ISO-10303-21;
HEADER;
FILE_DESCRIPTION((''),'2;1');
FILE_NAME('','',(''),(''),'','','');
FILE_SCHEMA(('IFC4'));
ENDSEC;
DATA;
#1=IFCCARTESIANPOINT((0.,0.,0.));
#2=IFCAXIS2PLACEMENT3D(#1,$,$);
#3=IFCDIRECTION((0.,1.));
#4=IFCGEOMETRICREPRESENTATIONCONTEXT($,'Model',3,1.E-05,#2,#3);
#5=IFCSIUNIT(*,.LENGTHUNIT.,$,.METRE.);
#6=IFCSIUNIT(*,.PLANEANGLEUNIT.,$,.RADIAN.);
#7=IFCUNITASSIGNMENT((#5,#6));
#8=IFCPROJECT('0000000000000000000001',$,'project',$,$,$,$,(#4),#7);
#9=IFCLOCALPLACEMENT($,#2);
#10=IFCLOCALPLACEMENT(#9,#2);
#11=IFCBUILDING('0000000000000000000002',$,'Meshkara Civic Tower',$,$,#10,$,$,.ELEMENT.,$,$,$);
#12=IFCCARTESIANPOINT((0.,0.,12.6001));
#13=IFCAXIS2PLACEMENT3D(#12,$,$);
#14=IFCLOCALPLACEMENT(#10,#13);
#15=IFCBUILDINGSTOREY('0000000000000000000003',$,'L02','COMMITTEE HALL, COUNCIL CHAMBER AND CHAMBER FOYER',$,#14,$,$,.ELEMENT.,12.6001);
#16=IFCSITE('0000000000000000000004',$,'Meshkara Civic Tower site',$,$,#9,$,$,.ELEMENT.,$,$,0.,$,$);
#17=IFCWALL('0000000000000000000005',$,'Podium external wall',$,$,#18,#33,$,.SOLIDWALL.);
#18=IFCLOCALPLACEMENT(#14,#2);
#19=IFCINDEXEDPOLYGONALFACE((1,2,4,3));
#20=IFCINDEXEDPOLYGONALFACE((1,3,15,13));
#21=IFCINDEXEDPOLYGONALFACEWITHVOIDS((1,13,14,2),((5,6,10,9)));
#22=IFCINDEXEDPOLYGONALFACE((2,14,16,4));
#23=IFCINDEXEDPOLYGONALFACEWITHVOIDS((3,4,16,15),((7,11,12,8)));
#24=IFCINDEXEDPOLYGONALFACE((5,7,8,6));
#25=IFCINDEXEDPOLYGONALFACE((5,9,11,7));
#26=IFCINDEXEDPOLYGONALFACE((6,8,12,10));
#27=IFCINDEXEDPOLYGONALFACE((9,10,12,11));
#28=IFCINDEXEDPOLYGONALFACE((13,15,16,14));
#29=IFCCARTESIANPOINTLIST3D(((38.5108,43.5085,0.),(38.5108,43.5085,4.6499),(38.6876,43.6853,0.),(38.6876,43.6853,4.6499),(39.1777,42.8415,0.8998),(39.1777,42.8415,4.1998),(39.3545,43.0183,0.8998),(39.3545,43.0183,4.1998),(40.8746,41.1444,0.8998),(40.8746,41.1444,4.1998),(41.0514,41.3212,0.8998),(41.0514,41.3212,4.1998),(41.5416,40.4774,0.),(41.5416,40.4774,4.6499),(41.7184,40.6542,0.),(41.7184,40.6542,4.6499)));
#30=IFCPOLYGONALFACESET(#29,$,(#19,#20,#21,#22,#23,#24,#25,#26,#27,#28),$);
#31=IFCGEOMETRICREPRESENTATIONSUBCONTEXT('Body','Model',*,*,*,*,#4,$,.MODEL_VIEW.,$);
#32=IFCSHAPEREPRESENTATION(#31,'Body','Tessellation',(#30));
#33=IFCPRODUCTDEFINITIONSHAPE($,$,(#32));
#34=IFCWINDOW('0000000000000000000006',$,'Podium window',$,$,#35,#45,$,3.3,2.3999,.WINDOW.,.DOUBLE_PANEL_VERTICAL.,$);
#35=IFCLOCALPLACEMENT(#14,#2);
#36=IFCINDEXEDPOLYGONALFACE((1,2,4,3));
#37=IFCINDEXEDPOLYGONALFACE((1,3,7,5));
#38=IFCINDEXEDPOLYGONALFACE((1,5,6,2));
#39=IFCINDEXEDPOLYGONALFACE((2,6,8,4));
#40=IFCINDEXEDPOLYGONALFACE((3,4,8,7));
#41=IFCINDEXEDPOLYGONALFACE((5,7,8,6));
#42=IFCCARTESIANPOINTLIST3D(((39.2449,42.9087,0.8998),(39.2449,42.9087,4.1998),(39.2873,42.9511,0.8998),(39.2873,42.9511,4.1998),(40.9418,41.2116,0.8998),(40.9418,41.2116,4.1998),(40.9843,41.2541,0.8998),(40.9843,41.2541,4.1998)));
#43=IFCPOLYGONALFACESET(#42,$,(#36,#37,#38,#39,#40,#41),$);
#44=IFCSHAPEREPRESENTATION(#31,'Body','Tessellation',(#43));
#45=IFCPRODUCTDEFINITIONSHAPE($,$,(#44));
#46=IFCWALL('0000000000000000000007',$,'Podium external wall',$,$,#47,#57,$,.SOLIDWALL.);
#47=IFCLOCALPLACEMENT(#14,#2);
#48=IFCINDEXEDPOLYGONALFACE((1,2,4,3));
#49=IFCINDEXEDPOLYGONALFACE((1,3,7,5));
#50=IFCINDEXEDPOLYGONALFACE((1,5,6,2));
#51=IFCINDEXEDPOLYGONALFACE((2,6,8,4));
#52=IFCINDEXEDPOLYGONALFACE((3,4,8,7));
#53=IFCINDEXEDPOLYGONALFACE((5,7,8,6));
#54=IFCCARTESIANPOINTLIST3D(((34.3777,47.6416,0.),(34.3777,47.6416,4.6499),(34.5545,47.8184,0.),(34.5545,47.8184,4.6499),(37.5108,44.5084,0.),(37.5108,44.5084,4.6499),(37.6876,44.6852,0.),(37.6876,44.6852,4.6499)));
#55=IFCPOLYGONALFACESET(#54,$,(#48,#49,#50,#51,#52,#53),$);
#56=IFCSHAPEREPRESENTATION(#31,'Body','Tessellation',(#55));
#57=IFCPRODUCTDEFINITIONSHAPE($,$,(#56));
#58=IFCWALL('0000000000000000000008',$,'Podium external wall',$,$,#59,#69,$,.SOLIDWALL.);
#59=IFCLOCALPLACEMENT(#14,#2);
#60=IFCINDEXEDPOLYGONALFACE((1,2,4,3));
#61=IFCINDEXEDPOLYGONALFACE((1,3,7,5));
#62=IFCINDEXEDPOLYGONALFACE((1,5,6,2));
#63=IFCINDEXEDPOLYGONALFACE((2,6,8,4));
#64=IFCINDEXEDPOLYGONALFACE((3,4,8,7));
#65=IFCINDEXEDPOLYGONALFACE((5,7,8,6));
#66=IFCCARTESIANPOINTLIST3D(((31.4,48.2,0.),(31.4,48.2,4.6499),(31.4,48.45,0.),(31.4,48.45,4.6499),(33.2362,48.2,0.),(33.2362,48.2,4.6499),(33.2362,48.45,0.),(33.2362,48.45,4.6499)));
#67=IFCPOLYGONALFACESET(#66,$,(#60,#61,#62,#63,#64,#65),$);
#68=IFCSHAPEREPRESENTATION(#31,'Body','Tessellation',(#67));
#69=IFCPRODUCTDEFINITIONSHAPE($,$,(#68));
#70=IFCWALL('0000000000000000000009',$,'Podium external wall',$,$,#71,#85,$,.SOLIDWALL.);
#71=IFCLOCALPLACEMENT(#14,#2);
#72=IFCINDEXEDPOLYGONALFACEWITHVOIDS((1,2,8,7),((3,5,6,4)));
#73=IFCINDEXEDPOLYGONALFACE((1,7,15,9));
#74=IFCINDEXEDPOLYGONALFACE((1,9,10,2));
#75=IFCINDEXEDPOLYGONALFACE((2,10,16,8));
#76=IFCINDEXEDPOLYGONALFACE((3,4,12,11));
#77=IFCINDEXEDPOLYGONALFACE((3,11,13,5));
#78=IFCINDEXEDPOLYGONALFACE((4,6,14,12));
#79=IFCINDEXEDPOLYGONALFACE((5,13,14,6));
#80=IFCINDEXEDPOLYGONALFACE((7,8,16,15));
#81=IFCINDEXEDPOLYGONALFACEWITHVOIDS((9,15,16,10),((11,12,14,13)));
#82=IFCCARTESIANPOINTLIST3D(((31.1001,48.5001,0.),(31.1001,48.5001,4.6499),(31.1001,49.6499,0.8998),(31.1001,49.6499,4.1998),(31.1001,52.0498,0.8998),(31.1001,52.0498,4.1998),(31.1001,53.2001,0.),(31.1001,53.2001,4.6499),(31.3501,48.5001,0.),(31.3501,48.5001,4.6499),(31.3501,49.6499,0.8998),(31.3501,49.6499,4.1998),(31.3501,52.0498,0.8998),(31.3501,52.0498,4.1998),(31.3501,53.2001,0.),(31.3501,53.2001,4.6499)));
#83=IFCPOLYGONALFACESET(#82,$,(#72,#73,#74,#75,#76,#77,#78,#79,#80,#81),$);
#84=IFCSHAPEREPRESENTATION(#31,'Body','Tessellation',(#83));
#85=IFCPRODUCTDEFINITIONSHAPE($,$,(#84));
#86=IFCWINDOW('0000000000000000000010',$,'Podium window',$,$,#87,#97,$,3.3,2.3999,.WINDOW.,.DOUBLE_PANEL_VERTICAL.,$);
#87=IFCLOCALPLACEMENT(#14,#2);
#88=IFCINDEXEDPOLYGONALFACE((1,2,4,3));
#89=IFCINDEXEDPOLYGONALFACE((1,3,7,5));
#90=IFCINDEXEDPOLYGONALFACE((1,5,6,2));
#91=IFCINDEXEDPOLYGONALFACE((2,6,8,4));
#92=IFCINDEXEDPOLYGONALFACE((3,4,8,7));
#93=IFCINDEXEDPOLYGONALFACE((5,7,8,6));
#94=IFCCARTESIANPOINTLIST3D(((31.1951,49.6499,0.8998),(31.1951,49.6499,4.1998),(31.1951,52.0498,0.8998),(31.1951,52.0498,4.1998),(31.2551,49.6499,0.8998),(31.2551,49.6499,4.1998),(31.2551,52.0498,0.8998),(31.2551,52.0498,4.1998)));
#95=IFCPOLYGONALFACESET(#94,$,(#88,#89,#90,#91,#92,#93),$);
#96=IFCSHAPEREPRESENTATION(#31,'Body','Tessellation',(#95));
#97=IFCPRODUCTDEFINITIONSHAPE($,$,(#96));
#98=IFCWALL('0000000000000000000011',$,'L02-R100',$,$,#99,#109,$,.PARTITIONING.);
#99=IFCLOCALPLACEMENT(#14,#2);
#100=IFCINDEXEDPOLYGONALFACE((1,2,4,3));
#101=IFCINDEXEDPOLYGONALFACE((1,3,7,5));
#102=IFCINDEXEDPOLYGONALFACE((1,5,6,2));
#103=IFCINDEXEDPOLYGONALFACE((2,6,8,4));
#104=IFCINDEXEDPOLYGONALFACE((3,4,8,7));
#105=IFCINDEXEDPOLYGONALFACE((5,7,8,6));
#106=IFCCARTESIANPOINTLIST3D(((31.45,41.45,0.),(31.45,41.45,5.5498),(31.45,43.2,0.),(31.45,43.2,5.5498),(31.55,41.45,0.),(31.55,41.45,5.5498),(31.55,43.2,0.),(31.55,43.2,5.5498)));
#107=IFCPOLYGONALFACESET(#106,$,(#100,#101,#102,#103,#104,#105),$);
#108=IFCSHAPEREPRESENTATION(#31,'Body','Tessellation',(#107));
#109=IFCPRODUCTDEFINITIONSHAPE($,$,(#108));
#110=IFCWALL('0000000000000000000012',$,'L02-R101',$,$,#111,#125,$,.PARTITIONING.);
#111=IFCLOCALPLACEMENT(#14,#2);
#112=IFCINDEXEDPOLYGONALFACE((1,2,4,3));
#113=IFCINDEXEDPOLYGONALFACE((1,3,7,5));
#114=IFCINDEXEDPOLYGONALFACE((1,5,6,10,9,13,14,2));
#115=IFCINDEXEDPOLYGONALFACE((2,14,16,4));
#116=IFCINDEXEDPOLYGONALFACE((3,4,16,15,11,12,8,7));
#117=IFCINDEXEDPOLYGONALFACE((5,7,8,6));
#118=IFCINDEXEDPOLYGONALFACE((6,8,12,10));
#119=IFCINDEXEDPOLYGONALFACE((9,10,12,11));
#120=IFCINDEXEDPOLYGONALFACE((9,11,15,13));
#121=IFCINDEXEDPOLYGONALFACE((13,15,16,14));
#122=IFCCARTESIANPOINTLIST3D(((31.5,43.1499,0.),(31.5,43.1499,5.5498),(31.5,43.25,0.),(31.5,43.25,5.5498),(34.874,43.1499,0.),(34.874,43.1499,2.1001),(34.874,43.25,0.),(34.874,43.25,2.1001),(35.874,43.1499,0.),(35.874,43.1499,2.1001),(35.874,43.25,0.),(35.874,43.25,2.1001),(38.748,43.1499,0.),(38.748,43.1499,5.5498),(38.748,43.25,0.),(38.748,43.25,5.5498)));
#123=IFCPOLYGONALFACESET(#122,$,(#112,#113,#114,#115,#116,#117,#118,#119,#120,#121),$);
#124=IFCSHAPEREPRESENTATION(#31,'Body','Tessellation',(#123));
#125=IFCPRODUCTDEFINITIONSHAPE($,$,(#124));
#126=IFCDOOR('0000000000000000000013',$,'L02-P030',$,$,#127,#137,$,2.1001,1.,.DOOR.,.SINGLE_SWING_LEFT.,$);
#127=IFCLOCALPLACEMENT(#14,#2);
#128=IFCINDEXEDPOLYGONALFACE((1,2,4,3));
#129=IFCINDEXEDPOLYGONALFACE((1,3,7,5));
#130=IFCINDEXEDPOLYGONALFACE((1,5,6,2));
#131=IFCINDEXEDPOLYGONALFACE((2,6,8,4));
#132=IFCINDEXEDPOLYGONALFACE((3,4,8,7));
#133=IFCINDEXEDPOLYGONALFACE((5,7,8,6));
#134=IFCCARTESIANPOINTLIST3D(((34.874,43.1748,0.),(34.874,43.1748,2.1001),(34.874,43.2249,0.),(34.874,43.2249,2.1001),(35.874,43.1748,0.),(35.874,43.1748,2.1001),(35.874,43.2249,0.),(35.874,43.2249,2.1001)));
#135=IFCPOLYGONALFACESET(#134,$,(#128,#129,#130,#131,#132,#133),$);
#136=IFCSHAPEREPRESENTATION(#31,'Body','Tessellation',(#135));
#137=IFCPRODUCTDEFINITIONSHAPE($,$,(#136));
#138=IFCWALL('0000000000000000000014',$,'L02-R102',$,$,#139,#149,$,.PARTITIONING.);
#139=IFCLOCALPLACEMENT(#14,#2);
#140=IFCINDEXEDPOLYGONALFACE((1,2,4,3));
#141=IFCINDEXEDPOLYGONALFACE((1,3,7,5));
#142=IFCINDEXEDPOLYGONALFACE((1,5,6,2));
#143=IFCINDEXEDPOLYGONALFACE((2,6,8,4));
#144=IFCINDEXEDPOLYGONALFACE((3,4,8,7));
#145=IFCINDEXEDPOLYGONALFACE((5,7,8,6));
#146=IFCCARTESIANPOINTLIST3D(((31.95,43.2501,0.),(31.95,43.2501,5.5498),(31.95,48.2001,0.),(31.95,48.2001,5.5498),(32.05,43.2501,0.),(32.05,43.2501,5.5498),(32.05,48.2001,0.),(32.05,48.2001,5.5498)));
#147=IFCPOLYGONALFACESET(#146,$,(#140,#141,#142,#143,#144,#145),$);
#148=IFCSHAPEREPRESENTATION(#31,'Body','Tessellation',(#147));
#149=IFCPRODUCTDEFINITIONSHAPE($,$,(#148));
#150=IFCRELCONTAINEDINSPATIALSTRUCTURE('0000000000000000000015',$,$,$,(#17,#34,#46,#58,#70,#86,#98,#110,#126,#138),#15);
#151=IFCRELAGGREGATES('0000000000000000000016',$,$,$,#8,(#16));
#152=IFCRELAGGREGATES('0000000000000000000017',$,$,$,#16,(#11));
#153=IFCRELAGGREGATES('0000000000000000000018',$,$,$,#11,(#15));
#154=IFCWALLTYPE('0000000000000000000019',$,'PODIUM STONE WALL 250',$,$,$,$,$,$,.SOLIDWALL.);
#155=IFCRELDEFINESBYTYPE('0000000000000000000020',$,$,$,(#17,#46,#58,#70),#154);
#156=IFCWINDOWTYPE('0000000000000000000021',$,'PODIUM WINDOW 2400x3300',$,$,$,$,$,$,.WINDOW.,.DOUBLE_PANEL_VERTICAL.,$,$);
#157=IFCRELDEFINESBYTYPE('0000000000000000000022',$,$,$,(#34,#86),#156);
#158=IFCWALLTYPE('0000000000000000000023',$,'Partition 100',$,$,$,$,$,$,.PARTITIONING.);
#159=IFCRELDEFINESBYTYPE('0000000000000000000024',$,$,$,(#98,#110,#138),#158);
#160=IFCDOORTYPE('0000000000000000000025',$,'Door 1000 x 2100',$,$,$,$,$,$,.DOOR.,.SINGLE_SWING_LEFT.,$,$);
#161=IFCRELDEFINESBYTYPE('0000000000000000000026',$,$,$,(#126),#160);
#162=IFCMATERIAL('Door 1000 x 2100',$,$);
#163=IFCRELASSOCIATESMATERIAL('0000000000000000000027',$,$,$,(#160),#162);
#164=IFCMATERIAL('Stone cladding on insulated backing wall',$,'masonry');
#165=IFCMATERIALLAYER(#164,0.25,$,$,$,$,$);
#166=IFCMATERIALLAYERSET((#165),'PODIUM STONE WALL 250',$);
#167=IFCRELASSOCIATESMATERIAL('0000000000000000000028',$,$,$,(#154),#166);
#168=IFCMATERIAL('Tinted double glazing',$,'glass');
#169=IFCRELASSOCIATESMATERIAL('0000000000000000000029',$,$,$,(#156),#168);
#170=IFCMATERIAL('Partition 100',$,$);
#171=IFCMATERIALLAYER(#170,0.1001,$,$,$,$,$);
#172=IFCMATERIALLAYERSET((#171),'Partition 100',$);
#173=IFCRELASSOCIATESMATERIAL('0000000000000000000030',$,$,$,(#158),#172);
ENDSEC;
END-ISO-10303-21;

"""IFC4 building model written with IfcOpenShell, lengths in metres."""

from ifc_helpers import new_model, si_unit, direction, frame, frame_2d, origin, place, context, subcontext, project, spatial, rectangle, extrude, material, layer, layer_set, type_object, element, fill, save


model = new_model("IFC4")

# Units and contexts
model_context = context("Model", 3, precision=1e-05, world=origin(), true_north=direction((0.0, 1.0)))
body_context = subcontext(model_context, "Body", "Model", "MODEL_VIEW")
ifc_project = project(units=[si_unit("LENGTHUNIT", "METRE"), si_unit("PLANEANGLEUNIT", "RADIAN")], contexts=[model_context])

# Site, building, storey
site_placement = place(None, origin())
site = spatial("IfcSite", under=ifc_project, at=site_placement, Name="Meshkara Civic Tower site", CompositionType="ELEMENT", RefElevation=0.0)
building_placement = place(site_placement, origin())
building = spatial("IfcBuilding", under=site, at=building_placement, Name="Meshkara Civic Tower", CompositionType="ELEMENT")
storey_placement = place(building_placement, frame((0.0, 0.0, 12.6001)))
storey = spatial("IfcBuildingStorey", under=building, at=storey_placement, Name="L02", Description="COMMITTEE HALL, COUNCIL CHAMBER AND CHAMBER FOYER", CompositionType="ELEMENT", Elevation=12.6001)

# Shared definitions
ifc_material_1 = material(Name="Door 1000 x 2100")
door_type_1 = type_object("IfcDoorType", Name="Door 1000 x 2100", OperationType="SINGLE_SWING_LEFT", PredefinedType="DOOR", material=ifc_material_1)

# Wall, opening, window
ifc_material_2 = material(Name="Stone cladding on insulated backing wall", Category="masonry")
ifc_layer_1 = layer(ifc_material_2, 0.25)
ifc_layer_set_1 = layer_set([ifc_layer_1], Name="PODIUM STONE WALL 250")
wall_type_1 = type_object("IfcWallType", Name="PODIUM STONE WALL 250", PredefinedType="SOLIDWALL", material=ifc_layer_set_1)
wall_1_placement = place(storey_placement, frame((41.6299, 40.5659, 0.0), z_axis=(0.0, 0.0, 1.0), x_axis=(-0.707078, 0.707135, 0.0)))
wall_1 = element("IfcWall", 1, at=wall_1_placement, inside=storey, type_object=wall_type_1, Name="Podium external wall", PredefinedType="SOLIDWALL", context=body_context, shape_type="SweptSolid", body=[
    extrude(rectangle(XDim=4.2864, YDim=0.25, at=frame_2d((2.1431, 0.0))), origin(), (0.0, 0.0, 1.0), 4.6499),
])
opening_1_placement = place(wall_1_placement, frame((0.9431, 0.0, 0.8999)))
opening_1 = element("IfcOpeningElement", 2, at=opening_1_placement, cuts=wall_1, PredefinedType="OPENING", context=body_context, shape_type="SweptSolid", body=[
    extrude(rectangle(XDim=2.3999, YDim=3.3, at=frame_2d((1.2, 1.6499))), frame((0.0, 0.135, 0.0), z_axis=(0.0, -1.0, 0.0), x_axis=(1.0, 0.0, 0.0)), (0.0, 0.0, 1.0), 0.27),
])
ifc_material_3 = material(Name="Tinted double glazing", Category="glass")
window_type = type_object("IfcWindowType", Name="PODIUM WINDOW 2400x3300", PartitioningType="DOUBLE_PANEL_VERTICAL", PredefinedType="WINDOW", material=ifc_material_3)
window_1_placement = place(opening_1_placement, origin())
window_1 = element("IfcWindow", 3, at=window_1_placement, inside=storey, type_object=window_type, Name="Podium window", OverallHeight=3.3, OverallWidth=2.3999, PartitioningType="DOUBLE_PANEL_VERTICAL", PredefinedType="WINDOW", context=body_context, shape_type="SweptSolid", body=[
    extrude(rectangle(XDim=2.3999, YDim=3.3, at=frame_2d((1.2, 1.6499))), frame((0.0, 0.03, 0.0), z_axis=(0.0, -1.0, 0.0), x_axis=(1.0, 0.0, 0.0)), (0.0, 0.0, 1.0), 0.0601),
])
fill(opening_1, window_1)

# Walls
wall_2_placement = place(storey_placement, frame((37.5991, 44.5969, 0.0), z_axis=(0.0, 0.0, 1.0), x_axis=(-0.707107, 0.707107, 0.0)))
element("IfcWall", 4, at=wall_2_placement, inside=storey, type_object=wall_type_1, Name="Podium external wall", PredefinedType="SOLIDWALL", context=body_context, shape_type="SweptSolid", body=[
    extrude(rectangle(XDim=4.4309, YDim=0.25, at=frame_2d((2.2153, 0.0))), origin(), (0.0, 0.0, 1.0), 4.6499),
])
wall_3_placement = place(storey_placement, frame((33.2361, 48.325, 0.0), z_axis=(0.0, 0.0, 1.0), x_axis=(-1.0, 0.0, 0.0)))
element("IfcWall", 5, at=wall_3_placement, inside=storey, type_object=wall_type_1, Name="Podium external wall", PredefinedType="SOLIDWALL", context=body_context, shape_type="SweptSolid", body=[
    extrude(rectangle(XDim=1.8362, YDim=0.25, at=frame_2d((0.918, 0.0))), origin(), (0.0, 0.0, 1.0), 4.6499),
])

# Wall, opening, window
wall_4_placement = place(storey_placement, frame((31.2251, 48.5, 0.0), z_axis=(0.0, 0.0, 1.0), x_axis=(0.0, 1.0, 0.0)))
wall_4 = element("IfcWall", 6, at=wall_4_placement, inside=storey, type_object=wall_type_1, Name="Podium external wall", PredefinedType="SOLIDWALL", context=body_context, shape_type="SweptSolid", body=[
    extrude(rectangle(XDim=4.7, YDim=0.25, at=frame_2d((2.3501, 0.0))), origin(), (0.0, 0.0, 1.0), 4.6499),
])
opening_2_placement = place(wall_4_placement, frame((1.1499, 0.0, 0.8999)))
opening_2 = element("IfcOpeningElement", 7, at=opening_2_placement, cuts=wall_4, PredefinedType="OPENING", context=body_context, shape_type="SweptSolid", body=[
    extrude(rectangle(XDim=2.3999, YDim=3.3, at=frame_2d((1.2, 1.6499))), frame((0.0, 0.135, 0.0), z_axis=(0.0, -1.0, 0.0), x_axis=(1.0, 0.0, 0.0)), (0.0, 0.0, 1.0), 0.27),
])
window_2_placement = place(opening_2_placement, origin())
window_2 = element("IfcWindow", 8, at=window_2_placement, inside=storey, type_object=window_type, Name="Podium window", OverallHeight=3.3, OverallWidth=2.3999, PartitioningType="DOUBLE_PANEL_VERTICAL", PredefinedType="WINDOW", context=body_context, shape_type="SweptSolid", body=[
    extrude(rectangle(XDim=2.3999, YDim=3.3, at=frame_2d((1.2, 1.6499))), frame((0.0, 0.03, 0.0), z_axis=(0.0, -1.0, 0.0), x_axis=(1.0, 0.0, 0.0)), (0.0, 0.0, 1.0), 0.0601),
])
fill(opening_2, window_2)

# Wall
ifc_material_4 = material(Name="Partition 100")
ifc_layer_2 = layer(ifc_material_4, 0.1001)
ifc_layer_set_2 = layer_set([ifc_layer_2], Name="Partition 100")
wall_type_2 = type_object("IfcWallType", Name="Partition 100", PredefinedType="PARTITIONING", material=ifc_layer_set_2)
wall_5_placement = place(storey_placement, frame((31.5, 41.45, 0.0), z_axis=(0.0, 0.0, 1.0), x_axis=(0.0, 1.0, 0.0)))
element("IfcWall", 9, at=wall_5_placement, inside=storey, type_object=wall_type_2, Name="L02-R100", PredefinedType="PARTITIONING", context=body_context, shape_type="SweptSolid", body=[
    extrude(rectangle(XDim=1.75, YDim=0.1001, at=frame_2d((0.875, 0.0))), origin(), (0.0, 0.0, 1.0), 5.5498),
])

# Wall, opening, door
wall_6_placement = place(storey_placement, frame((31.5, 43.2, 0.0), z_axis=(0.0, 0.0, 1.0), x_axis=(1.0, 0.0, 0.0)))
wall_6 = element("IfcWall", 10, at=wall_6_placement, inside=storey, type_object=wall_type_2, Name="L02-R101", PredefinedType="PARTITIONING", context=body_context, shape_type="SweptSolid", body=[
    extrude(rectangle(XDim=7.248, YDim=0.1001, at=frame_2d((3.624, 0.0))), origin(), (0.0, 0.0, 1.0), 5.5498),
])
opening_3_placement = place(wall_6_placement, frame((3.374, 0.0, 0.0)))
opening_3 = element("IfcOpeningElement", 11, at=opening_3_placement, cuts=wall_6, PredefinedType="OPENING", context=body_context, shape_type="SweptSolid", body=[
    extrude(rectangle(XDim=1.0, YDim=2.1001, at=frame_2d((0.5, 1.05))), frame((0.0, 0.0601, 0.0), z_axis=(0.0, -1.0, 0.0), x_axis=(1.0, 0.0, 0.0)), (0.0, 0.0, 1.0), 0.1201),
])
door_1_placement = place(opening_3_placement, origin())
door_1 = element("IfcDoor", 12, at=door_1_placement, inside=storey, type_object=door_type_1, Name="L02-P030", OperationType="SINGLE_SWING_LEFT", OverallHeight=2.1001, OverallWidth=1.0, PredefinedType="DOOR", context=body_context, shape_type="SweptSolid", body=[
    extrude(rectangle(XDim=1.0, YDim=2.1001, at=frame_2d((0.5, 1.05))), frame((0.0, 0.0249, 0.0), z_axis=(0.0, -1.0, 0.0), x_axis=(1.0, 0.0, 0.0)), (0.0, 0.0, 1.0), 0.05),
])
fill(opening_3, door_1)

# Wall
wall_7_placement = place(storey_placement, frame((32.0, 43.25, 0.0), z_axis=(0.0, 0.0, 1.0), x_axis=(0.0, 1.0, 0.0)))
element("IfcWall", 13, at=wall_7_placement, inside=storey, type_object=wall_type_2, Name="L02-R102", PredefinedType="PARTITIONING", context=body_context, shape_type="SweptSolid", body=[
    extrude(rectangle(XDim=4.95, YDim=0.1001, at=frame_2d((2.4751, 0.0))), origin(), (0.0, 0.0, 1.0), 5.5498),
])

save(model, "model.ifc")
